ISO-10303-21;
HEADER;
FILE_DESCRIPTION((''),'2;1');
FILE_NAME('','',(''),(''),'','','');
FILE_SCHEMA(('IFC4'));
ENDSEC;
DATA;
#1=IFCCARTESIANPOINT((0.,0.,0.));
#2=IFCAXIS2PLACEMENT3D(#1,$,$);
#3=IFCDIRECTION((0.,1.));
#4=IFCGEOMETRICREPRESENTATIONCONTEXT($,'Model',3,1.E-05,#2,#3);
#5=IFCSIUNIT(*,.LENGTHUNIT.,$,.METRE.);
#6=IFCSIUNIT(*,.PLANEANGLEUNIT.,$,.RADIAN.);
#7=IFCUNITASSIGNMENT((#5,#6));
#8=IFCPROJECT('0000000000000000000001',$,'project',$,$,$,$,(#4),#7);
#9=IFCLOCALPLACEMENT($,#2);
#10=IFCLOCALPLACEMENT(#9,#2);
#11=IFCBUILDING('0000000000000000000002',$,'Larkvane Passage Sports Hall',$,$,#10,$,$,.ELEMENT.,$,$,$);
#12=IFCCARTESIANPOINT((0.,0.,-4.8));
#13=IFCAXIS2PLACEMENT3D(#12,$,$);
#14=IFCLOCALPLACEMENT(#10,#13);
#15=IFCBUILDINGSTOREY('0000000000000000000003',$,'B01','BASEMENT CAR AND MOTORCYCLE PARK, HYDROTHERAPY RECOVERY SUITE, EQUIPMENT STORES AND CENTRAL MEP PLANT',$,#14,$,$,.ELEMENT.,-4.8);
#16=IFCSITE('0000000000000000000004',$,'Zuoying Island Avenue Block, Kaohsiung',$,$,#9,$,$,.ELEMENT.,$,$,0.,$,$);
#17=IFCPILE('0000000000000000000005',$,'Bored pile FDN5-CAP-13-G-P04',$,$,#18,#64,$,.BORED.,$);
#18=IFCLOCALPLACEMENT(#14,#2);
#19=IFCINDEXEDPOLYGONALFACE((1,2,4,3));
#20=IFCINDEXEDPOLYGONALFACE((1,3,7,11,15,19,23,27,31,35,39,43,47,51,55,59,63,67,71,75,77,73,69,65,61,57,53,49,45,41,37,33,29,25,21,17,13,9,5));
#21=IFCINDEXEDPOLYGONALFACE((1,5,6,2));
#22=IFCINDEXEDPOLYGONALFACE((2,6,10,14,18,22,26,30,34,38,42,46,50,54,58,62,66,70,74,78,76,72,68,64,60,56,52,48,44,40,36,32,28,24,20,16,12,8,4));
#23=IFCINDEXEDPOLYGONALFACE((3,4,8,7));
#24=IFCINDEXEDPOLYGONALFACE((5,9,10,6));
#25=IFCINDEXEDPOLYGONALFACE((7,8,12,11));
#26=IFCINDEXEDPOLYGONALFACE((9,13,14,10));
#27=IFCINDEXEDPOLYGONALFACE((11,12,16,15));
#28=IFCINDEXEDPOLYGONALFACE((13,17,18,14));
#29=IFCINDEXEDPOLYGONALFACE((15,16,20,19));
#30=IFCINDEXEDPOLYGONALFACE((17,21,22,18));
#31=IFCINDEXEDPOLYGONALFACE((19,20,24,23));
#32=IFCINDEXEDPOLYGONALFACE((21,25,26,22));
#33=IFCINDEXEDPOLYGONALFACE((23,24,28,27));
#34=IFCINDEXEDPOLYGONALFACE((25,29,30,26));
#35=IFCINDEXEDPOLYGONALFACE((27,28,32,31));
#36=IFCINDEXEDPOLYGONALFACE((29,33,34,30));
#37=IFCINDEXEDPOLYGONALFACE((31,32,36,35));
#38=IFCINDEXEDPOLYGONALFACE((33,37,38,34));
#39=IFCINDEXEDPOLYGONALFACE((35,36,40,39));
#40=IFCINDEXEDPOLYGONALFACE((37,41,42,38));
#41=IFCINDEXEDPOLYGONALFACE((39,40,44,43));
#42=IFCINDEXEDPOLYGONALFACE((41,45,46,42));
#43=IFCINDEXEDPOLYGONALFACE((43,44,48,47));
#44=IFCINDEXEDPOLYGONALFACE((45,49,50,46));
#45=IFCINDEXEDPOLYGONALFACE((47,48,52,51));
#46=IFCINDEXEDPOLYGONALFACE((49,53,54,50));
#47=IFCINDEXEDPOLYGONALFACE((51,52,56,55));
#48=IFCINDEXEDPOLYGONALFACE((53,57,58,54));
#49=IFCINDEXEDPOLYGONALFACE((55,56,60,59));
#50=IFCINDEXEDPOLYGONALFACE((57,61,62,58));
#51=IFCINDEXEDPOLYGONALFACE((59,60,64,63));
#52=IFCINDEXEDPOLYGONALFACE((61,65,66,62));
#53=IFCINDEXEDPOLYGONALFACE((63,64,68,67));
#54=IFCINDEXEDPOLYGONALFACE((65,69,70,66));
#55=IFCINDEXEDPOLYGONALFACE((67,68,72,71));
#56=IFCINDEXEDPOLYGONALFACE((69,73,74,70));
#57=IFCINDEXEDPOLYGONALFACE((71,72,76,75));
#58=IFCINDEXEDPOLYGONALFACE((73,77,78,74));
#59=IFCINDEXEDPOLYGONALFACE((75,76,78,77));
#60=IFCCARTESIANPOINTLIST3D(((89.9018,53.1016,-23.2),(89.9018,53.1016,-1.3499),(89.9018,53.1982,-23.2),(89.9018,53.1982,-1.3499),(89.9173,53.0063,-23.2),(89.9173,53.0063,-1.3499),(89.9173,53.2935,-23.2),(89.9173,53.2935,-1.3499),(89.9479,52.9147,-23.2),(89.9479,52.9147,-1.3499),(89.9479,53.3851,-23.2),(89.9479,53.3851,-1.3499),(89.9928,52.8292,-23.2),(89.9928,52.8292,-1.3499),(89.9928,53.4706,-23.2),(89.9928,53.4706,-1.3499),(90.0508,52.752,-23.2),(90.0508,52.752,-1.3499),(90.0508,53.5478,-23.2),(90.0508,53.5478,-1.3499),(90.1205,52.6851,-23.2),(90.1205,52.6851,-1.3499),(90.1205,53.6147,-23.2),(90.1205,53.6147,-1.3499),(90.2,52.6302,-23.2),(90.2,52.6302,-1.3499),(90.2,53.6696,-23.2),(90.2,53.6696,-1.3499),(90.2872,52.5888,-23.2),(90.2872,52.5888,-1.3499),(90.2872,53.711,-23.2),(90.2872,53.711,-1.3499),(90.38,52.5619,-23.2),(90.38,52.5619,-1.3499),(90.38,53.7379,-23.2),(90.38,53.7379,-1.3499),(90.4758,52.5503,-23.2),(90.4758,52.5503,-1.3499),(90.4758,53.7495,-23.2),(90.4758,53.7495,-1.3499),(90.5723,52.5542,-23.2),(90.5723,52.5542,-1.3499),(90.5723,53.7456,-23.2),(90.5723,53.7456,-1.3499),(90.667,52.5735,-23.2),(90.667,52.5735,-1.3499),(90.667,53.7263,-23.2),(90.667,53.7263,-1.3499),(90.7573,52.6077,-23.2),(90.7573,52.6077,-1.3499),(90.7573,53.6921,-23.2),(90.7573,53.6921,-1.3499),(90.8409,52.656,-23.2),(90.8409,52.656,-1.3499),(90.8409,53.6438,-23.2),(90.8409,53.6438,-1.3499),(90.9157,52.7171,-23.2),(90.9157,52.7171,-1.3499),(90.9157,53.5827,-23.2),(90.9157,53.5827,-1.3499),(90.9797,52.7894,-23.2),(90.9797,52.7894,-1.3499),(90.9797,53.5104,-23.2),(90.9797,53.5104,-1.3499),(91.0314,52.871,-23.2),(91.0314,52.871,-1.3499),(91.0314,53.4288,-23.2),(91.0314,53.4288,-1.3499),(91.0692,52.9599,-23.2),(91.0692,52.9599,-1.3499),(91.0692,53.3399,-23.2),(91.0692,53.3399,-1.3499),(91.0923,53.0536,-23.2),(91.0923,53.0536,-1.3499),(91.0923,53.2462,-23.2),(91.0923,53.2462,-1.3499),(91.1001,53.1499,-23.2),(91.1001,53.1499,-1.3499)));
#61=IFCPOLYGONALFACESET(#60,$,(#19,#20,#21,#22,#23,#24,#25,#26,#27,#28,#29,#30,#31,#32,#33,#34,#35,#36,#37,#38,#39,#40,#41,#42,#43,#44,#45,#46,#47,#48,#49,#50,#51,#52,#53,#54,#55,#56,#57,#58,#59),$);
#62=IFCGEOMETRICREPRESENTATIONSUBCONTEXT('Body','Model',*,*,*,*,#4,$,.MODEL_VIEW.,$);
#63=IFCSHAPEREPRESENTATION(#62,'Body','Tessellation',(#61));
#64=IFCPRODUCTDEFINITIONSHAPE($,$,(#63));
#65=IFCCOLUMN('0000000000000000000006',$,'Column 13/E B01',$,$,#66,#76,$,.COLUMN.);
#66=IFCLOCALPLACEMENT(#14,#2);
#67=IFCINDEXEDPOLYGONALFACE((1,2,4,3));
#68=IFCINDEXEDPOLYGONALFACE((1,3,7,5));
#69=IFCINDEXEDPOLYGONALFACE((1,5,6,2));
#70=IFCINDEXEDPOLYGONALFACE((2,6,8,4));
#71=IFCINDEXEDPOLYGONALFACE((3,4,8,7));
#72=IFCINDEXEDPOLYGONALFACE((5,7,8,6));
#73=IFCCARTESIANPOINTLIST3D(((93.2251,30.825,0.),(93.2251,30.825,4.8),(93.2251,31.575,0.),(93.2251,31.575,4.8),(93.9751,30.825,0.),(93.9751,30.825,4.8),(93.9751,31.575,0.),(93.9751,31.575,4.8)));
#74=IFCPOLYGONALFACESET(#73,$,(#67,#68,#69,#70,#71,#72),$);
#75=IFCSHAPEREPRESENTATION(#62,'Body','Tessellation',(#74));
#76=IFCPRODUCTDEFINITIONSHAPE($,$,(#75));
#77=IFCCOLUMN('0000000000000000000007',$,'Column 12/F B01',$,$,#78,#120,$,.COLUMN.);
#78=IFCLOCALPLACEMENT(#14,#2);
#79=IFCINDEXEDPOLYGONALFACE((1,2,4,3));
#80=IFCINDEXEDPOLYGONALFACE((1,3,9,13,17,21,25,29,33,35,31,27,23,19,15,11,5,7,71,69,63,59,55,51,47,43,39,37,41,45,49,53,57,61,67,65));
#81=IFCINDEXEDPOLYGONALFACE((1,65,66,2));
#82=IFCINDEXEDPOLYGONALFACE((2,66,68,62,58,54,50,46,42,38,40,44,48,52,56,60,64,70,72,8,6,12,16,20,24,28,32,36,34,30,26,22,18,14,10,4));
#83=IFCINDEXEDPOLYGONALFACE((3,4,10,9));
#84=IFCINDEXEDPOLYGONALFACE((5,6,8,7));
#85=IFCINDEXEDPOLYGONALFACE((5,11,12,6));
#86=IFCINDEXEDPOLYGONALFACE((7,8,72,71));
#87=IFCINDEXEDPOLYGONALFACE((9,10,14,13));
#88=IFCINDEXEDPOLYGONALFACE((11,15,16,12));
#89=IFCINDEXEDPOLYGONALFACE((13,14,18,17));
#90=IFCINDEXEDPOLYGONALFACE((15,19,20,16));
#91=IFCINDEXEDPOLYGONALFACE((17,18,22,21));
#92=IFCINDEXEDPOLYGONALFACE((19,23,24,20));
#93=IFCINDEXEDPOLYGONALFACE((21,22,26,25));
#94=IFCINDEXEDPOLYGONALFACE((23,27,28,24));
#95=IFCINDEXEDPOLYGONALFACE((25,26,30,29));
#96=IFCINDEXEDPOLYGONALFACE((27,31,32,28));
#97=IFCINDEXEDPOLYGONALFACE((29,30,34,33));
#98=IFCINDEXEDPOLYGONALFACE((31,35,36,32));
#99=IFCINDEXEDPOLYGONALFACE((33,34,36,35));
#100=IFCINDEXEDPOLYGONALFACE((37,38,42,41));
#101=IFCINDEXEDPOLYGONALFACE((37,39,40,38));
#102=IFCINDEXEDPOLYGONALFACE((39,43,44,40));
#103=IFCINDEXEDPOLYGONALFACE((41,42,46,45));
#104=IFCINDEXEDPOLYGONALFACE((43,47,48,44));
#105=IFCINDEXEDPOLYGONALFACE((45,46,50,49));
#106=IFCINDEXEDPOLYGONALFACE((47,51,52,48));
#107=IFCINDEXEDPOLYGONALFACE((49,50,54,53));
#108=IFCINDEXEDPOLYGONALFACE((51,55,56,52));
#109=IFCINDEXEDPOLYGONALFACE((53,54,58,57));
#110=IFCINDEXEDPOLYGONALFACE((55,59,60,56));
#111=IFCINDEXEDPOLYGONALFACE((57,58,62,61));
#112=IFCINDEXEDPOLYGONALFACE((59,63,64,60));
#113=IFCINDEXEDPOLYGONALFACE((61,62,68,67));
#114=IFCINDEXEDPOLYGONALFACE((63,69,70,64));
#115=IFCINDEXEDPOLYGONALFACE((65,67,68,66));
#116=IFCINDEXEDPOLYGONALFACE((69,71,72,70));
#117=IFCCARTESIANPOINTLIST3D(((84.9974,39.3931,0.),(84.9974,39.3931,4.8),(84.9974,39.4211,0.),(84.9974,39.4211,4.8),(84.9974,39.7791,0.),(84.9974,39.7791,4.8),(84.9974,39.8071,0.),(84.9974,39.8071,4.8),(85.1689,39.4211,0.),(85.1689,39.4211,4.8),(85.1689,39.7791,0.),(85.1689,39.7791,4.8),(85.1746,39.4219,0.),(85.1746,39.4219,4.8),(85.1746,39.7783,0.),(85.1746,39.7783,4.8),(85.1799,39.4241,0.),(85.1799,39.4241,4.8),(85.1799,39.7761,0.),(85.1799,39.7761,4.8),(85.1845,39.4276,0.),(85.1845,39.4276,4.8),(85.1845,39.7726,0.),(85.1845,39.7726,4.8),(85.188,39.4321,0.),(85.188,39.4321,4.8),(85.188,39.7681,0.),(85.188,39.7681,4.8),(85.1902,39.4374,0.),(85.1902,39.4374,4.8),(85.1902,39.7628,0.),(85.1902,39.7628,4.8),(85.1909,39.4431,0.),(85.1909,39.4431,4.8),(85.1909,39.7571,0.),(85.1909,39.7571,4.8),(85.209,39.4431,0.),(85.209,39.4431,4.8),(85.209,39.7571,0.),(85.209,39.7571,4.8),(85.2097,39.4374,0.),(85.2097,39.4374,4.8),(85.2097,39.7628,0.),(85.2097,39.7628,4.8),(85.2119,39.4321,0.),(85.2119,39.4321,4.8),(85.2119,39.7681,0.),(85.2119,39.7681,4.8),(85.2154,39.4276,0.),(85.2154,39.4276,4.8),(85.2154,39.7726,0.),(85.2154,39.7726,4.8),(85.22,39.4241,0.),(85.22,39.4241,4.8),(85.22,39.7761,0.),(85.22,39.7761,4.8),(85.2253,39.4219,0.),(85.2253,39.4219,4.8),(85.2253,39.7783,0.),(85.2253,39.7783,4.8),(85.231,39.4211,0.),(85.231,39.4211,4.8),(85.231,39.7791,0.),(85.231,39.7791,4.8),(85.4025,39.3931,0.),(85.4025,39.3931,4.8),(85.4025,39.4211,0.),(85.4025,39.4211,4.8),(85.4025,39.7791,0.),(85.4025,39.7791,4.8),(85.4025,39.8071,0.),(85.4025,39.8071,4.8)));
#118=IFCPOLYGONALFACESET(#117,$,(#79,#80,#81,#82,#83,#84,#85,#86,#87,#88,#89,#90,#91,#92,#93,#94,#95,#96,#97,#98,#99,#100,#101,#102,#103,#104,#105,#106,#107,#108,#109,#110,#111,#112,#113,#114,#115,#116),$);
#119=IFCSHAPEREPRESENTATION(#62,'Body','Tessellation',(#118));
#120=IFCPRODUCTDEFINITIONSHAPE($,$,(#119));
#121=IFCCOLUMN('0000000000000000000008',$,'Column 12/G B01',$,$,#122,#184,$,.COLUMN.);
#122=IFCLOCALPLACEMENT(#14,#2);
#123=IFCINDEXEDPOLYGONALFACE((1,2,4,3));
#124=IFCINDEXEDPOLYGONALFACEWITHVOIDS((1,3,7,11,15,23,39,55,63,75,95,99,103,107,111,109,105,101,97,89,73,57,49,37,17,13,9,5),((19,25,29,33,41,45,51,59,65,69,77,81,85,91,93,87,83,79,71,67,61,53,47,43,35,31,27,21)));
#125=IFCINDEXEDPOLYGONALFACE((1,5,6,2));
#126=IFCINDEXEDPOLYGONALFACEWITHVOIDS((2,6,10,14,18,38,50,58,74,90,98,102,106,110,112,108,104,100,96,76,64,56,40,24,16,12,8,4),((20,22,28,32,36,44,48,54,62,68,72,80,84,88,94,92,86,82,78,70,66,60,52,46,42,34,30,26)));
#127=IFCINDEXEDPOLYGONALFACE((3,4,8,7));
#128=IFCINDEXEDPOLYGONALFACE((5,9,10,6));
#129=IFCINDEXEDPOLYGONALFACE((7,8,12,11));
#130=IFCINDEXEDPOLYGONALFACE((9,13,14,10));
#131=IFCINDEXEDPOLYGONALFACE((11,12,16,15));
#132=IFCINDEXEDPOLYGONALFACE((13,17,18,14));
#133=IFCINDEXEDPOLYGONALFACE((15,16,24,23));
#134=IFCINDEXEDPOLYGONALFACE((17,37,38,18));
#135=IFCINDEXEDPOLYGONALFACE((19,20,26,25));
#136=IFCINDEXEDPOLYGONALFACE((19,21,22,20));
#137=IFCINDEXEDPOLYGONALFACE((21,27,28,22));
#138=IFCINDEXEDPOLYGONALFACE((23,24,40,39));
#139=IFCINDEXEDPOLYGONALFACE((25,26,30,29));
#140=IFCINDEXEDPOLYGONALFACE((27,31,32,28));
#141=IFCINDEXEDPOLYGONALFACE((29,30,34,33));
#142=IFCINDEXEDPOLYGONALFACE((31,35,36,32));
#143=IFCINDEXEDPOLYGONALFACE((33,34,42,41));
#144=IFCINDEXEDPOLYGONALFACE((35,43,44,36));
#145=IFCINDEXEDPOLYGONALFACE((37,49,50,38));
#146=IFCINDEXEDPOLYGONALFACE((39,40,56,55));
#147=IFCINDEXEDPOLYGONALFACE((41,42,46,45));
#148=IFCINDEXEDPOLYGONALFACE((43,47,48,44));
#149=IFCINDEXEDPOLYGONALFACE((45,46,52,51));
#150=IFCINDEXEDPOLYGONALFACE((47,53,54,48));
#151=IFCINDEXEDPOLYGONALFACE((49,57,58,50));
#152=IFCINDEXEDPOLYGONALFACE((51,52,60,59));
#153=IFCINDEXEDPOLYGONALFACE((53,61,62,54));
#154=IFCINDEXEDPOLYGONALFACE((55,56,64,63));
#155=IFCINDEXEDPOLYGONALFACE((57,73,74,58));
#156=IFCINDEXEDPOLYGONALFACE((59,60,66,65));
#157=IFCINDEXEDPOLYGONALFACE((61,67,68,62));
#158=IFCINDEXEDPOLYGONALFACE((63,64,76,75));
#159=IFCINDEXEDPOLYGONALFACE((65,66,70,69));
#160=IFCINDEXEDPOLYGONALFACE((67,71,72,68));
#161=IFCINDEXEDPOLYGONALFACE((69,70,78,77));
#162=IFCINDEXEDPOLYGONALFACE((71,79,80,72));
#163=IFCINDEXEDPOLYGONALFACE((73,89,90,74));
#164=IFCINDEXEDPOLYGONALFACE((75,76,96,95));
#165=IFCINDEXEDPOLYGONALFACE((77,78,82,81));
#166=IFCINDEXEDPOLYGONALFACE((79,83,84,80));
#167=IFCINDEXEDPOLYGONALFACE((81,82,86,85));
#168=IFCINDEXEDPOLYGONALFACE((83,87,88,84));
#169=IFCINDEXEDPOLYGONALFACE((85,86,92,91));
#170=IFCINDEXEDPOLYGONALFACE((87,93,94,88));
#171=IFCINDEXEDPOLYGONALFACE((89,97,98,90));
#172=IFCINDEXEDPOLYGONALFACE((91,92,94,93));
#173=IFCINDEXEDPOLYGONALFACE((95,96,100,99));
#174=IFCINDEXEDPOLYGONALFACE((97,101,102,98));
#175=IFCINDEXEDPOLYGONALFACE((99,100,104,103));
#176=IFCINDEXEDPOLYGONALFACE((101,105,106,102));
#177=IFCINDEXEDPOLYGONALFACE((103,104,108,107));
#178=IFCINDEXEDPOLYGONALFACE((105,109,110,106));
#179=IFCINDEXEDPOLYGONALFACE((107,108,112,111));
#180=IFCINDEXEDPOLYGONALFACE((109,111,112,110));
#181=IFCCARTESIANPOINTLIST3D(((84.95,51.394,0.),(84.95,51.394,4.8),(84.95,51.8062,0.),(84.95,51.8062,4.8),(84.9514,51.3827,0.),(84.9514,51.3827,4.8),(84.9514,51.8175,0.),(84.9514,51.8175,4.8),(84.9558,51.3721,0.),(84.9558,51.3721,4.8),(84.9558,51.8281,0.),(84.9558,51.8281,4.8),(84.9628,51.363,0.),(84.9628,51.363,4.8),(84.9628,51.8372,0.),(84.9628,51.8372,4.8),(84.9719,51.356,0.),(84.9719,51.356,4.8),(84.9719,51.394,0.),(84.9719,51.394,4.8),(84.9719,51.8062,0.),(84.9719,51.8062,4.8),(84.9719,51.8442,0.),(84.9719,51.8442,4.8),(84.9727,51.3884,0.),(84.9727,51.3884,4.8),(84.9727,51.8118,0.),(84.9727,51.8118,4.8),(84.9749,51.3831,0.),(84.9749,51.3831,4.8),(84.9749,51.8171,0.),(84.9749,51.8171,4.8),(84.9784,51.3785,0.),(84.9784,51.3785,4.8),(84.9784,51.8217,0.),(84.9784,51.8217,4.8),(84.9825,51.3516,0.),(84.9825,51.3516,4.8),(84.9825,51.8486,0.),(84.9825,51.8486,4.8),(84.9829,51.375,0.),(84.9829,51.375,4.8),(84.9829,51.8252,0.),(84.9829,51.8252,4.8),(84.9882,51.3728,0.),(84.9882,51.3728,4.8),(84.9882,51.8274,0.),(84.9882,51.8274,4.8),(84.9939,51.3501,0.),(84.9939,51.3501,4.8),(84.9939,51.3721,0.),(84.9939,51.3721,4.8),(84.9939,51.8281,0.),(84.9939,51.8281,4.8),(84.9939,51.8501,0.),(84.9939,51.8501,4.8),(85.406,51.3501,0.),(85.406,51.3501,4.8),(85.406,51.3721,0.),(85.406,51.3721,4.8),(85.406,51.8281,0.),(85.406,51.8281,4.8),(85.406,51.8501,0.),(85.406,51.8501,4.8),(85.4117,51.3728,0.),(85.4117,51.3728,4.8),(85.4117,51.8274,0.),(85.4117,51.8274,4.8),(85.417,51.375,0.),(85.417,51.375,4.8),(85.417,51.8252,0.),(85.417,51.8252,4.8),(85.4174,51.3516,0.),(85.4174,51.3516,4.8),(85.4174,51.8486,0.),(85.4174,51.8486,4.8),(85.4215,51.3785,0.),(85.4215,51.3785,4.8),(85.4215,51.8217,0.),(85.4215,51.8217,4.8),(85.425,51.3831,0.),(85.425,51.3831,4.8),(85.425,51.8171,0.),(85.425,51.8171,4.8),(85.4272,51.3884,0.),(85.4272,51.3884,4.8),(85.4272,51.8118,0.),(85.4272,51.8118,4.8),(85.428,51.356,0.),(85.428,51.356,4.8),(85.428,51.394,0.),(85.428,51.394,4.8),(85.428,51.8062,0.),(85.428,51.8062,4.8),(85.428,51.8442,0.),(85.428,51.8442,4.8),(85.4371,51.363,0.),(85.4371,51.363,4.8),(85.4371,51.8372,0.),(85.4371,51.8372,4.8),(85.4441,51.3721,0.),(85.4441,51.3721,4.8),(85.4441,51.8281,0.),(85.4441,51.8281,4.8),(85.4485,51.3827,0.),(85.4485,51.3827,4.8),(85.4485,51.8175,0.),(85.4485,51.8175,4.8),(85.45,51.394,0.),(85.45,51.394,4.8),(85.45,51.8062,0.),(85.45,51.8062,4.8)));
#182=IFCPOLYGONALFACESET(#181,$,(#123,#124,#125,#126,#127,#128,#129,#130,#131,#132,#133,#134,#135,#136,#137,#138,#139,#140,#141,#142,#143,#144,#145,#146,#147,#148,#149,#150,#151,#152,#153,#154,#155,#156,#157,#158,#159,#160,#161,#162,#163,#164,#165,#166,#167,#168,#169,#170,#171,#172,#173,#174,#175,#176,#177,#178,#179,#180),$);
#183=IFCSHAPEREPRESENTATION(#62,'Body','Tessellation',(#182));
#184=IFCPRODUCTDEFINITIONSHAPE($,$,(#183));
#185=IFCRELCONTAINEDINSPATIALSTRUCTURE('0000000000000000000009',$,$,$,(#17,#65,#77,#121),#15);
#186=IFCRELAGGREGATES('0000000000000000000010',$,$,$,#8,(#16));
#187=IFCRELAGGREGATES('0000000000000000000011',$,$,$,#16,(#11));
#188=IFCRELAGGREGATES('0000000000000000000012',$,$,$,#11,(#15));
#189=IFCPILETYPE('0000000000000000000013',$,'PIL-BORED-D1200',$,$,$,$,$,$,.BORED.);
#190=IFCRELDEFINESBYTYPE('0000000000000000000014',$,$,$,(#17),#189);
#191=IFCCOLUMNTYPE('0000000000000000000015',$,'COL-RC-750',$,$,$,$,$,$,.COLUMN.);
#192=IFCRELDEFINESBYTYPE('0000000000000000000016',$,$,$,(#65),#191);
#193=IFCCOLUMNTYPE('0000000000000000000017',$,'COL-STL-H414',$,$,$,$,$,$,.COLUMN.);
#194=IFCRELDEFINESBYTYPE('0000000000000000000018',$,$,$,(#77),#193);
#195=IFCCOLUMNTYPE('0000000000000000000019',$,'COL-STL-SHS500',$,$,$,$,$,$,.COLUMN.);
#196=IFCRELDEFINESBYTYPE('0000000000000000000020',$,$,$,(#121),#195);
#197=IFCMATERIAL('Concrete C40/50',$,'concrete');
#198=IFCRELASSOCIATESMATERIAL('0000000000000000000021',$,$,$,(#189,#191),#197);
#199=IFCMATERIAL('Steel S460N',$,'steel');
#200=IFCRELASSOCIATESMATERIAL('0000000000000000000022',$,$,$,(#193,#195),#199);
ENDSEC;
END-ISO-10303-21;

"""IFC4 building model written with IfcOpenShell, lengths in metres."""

from ifc_helpers import new_model, si_unit, direction, frame, origin, origin_2d, place, context, subcontext, project, spatial, rectangle, hollow_rectangle, circle, i_section, extrude, material, material_profile, profile_set, type_object, element, save


model = new_model("IFC4")

# Units and contexts
model_context = context("Model", 3, precision=1e-05, world=origin(), true_north=direction((0.0, 1.0)))
body_context = subcontext(model_context, "Body", "Model", "MODEL_VIEW")
ifc_project = project(units=[si_unit("LENGTHUNIT", "METRE"), si_unit("PLANEANGLEUNIT", "RADIAN")], contexts=[model_context])

# Site, building, storey
site_placement = place(None, origin())
site = spatial("IfcSite", under=ifc_project, at=site_placement, Name="Zuoying Island Avenue Block, Kaohsiung", CompositionType="ELEMENT", RefElevation=0.0)
building_placement = place(site_placement, origin())
building = spatial("IfcBuilding", under=site, at=building_placement, Name="Larkvane Passage Sports Hall", CompositionType="ELEMENT")
storey_placement = place(building_placement, frame((0.0, 0.0, -4.8)))
storey = spatial("IfcBuildingStorey", under=building, at=storey_placement, Name="B01", Description="BASEMENT CAR AND MOTORCYCLE PARK, HYDROTHERAPY RECOVERY SUITE, EQUIPMENT STORES AND CENTRAL MEP PLANT", CompositionType="ELEMENT", Elevation=-4.8)

# Shared definitions
ifc_material_1 = material(Name="Concrete C40/50", Category="concrete")

# Pile
ifc_material_profile_1 = material_profile(ifc_material_1, circle(Radius=0.6001, at=origin_2d()), Name="PILE-D1200")
ifc_profile_set_1 = profile_set([ifc_material_profile_1], Name="Concrete C40/50")
pile_type_1 = type_object("IfcPileType", Name="PIL-BORED-D1200", PredefinedType="BORED", material=ifc_profile_set_1)
for number, where, z_axis, x_axis, name in (
    (1, (90.5, 53.1499, -1.3499), (0.0, 0.0, -1.0), (1.0, 0.0, 0.0), "Bored pile FDN5-CAP-13-G-P04"),
):
    element("IfcPile", number, at=place(storey_placement, frame(where, z_axis=z_axis, x_axis=x_axis)), inside=storey, type_object=pile_type_1, Name=name, PredefinedType="BORED", context=body_context, shape_type="SweptSolid", body=[
        extrude(circle(Radius=0.6001, at=origin_2d()), origin(), (0.0, 0.0, 1.0), 21.8501),
    ])

# Columns
ifc_material_profile_2 = material_profile(ifc_material_1, rectangle(XDim=0.75, YDim=0.75, at=origin_2d()), Name="RC-COL-750x750")
ifc_profile_set_2 = profile_set([ifc_material_profile_2], Name="Concrete C40/50")
column_type_1 = type_object("IfcColumnType", Name="COL-RC-750", PredefinedType="COLUMN", material=ifc_profile_set_2)
column_1_placement = place(storey_placement, frame((93.6001, 31.2, 0.0), z_axis=(0.0, 0.0, 1.0), x_axis=(1.0, 0.0, 0.0)))
element("IfcColumn", 2, at=column_1_placement, inside=storey, type_object=column_type_1, Name="Column 13/E B01", PredefinedType="COLUMN", context=body_context, shape_type="SweptSolid", body=[
    extrude(rectangle(XDim=0.75, YDim=0.75, at=origin_2d()), origin(), (0.0, 0.0, 1.0), 4.8),
])
ifc_material_2 = material(Name="Steel S460N", Category="steel")
ifc_material_profile_3 = material_profile(ifc_material_2, i_section(OverallWidth=0.405, OverallDepth=0.4141, WebThickness=0.0181, FlangeThickness=0.0281, FilletRadius=0.022, at=origin_2d()), Name="H-414x405x18x28")
ifc_profile_set_3 = profile_set([ifc_material_profile_3], Name="Steel S460N")
column_type_2 = type_object("IfcColumnType", Name="COL-STL-H414", PredefinedType="COLUMN", material=ifc_profile_set_3)
column_2_placement = place(storey_placement, frame((85.2, 39.6001, 0.0), z_axis=(0.0, 0.0, 1.0), x_axis=(1.0, 0.0, 0.0)))
element("IfcColumn", 3, at=column_2_placement, inside=storey, type_object=column_type_2, Name="Column 12/F B01", PredefinedType="COLUMN", context=body_context, shape_type="SweptSolid", body=[
    extrude(i_section(OverallWidth=0.405, OverallDepth=0.4141, WebThickness=0.0181, FlangeThickness=0.0281, FilletRadius=0.022, at=origin_2d()), origin(), (0.0, 0.0, 1.0), 4.8),
])
ifc_material_profile_4 = material_profile(ifc_material_2, hollow_rectangle(XDim=0.5, YDim=0.5, WallThickness=0.022, InnerFilletRadius=0.022, OuterFilletRadius=0.0439, at=origin_2d()), Name="SHS-500x500x22")
ifc_profile_set_4 = profile_set([ifc_material_profile_4], Name="Steel S460N")
column_type_3 = type_object("IfcColumnType", Name="COL-STL-SHS500", PredefinedType="COLUMN", material=ifc_profile_set_4)
column_3_placement = place(storey_placement, frame((85.2, 51.6001, 0.0), z_axis=(0.0, 0.0, 1.0), x_axis=(1.0, 0.0, 0.0)))
element("IfcColumn", 4, at=column_3_placement, inside=storey, type_object=column_type_3, Name="Column 12/G B01", PredefinedType="COLUMN", context=body_context, shape_type="SweptSolid", body=[
    extrude(hollow_rectangle(XDim=0.5, YDim=0.5, WallThickness=0.022, InnerFilletRadius=0.022, OuterFilletRadius=0.0439, at=origin_2d()), origin(), (0.0, 0.0, 1.0), 4.8),
])

save(model, "model.ifc")
